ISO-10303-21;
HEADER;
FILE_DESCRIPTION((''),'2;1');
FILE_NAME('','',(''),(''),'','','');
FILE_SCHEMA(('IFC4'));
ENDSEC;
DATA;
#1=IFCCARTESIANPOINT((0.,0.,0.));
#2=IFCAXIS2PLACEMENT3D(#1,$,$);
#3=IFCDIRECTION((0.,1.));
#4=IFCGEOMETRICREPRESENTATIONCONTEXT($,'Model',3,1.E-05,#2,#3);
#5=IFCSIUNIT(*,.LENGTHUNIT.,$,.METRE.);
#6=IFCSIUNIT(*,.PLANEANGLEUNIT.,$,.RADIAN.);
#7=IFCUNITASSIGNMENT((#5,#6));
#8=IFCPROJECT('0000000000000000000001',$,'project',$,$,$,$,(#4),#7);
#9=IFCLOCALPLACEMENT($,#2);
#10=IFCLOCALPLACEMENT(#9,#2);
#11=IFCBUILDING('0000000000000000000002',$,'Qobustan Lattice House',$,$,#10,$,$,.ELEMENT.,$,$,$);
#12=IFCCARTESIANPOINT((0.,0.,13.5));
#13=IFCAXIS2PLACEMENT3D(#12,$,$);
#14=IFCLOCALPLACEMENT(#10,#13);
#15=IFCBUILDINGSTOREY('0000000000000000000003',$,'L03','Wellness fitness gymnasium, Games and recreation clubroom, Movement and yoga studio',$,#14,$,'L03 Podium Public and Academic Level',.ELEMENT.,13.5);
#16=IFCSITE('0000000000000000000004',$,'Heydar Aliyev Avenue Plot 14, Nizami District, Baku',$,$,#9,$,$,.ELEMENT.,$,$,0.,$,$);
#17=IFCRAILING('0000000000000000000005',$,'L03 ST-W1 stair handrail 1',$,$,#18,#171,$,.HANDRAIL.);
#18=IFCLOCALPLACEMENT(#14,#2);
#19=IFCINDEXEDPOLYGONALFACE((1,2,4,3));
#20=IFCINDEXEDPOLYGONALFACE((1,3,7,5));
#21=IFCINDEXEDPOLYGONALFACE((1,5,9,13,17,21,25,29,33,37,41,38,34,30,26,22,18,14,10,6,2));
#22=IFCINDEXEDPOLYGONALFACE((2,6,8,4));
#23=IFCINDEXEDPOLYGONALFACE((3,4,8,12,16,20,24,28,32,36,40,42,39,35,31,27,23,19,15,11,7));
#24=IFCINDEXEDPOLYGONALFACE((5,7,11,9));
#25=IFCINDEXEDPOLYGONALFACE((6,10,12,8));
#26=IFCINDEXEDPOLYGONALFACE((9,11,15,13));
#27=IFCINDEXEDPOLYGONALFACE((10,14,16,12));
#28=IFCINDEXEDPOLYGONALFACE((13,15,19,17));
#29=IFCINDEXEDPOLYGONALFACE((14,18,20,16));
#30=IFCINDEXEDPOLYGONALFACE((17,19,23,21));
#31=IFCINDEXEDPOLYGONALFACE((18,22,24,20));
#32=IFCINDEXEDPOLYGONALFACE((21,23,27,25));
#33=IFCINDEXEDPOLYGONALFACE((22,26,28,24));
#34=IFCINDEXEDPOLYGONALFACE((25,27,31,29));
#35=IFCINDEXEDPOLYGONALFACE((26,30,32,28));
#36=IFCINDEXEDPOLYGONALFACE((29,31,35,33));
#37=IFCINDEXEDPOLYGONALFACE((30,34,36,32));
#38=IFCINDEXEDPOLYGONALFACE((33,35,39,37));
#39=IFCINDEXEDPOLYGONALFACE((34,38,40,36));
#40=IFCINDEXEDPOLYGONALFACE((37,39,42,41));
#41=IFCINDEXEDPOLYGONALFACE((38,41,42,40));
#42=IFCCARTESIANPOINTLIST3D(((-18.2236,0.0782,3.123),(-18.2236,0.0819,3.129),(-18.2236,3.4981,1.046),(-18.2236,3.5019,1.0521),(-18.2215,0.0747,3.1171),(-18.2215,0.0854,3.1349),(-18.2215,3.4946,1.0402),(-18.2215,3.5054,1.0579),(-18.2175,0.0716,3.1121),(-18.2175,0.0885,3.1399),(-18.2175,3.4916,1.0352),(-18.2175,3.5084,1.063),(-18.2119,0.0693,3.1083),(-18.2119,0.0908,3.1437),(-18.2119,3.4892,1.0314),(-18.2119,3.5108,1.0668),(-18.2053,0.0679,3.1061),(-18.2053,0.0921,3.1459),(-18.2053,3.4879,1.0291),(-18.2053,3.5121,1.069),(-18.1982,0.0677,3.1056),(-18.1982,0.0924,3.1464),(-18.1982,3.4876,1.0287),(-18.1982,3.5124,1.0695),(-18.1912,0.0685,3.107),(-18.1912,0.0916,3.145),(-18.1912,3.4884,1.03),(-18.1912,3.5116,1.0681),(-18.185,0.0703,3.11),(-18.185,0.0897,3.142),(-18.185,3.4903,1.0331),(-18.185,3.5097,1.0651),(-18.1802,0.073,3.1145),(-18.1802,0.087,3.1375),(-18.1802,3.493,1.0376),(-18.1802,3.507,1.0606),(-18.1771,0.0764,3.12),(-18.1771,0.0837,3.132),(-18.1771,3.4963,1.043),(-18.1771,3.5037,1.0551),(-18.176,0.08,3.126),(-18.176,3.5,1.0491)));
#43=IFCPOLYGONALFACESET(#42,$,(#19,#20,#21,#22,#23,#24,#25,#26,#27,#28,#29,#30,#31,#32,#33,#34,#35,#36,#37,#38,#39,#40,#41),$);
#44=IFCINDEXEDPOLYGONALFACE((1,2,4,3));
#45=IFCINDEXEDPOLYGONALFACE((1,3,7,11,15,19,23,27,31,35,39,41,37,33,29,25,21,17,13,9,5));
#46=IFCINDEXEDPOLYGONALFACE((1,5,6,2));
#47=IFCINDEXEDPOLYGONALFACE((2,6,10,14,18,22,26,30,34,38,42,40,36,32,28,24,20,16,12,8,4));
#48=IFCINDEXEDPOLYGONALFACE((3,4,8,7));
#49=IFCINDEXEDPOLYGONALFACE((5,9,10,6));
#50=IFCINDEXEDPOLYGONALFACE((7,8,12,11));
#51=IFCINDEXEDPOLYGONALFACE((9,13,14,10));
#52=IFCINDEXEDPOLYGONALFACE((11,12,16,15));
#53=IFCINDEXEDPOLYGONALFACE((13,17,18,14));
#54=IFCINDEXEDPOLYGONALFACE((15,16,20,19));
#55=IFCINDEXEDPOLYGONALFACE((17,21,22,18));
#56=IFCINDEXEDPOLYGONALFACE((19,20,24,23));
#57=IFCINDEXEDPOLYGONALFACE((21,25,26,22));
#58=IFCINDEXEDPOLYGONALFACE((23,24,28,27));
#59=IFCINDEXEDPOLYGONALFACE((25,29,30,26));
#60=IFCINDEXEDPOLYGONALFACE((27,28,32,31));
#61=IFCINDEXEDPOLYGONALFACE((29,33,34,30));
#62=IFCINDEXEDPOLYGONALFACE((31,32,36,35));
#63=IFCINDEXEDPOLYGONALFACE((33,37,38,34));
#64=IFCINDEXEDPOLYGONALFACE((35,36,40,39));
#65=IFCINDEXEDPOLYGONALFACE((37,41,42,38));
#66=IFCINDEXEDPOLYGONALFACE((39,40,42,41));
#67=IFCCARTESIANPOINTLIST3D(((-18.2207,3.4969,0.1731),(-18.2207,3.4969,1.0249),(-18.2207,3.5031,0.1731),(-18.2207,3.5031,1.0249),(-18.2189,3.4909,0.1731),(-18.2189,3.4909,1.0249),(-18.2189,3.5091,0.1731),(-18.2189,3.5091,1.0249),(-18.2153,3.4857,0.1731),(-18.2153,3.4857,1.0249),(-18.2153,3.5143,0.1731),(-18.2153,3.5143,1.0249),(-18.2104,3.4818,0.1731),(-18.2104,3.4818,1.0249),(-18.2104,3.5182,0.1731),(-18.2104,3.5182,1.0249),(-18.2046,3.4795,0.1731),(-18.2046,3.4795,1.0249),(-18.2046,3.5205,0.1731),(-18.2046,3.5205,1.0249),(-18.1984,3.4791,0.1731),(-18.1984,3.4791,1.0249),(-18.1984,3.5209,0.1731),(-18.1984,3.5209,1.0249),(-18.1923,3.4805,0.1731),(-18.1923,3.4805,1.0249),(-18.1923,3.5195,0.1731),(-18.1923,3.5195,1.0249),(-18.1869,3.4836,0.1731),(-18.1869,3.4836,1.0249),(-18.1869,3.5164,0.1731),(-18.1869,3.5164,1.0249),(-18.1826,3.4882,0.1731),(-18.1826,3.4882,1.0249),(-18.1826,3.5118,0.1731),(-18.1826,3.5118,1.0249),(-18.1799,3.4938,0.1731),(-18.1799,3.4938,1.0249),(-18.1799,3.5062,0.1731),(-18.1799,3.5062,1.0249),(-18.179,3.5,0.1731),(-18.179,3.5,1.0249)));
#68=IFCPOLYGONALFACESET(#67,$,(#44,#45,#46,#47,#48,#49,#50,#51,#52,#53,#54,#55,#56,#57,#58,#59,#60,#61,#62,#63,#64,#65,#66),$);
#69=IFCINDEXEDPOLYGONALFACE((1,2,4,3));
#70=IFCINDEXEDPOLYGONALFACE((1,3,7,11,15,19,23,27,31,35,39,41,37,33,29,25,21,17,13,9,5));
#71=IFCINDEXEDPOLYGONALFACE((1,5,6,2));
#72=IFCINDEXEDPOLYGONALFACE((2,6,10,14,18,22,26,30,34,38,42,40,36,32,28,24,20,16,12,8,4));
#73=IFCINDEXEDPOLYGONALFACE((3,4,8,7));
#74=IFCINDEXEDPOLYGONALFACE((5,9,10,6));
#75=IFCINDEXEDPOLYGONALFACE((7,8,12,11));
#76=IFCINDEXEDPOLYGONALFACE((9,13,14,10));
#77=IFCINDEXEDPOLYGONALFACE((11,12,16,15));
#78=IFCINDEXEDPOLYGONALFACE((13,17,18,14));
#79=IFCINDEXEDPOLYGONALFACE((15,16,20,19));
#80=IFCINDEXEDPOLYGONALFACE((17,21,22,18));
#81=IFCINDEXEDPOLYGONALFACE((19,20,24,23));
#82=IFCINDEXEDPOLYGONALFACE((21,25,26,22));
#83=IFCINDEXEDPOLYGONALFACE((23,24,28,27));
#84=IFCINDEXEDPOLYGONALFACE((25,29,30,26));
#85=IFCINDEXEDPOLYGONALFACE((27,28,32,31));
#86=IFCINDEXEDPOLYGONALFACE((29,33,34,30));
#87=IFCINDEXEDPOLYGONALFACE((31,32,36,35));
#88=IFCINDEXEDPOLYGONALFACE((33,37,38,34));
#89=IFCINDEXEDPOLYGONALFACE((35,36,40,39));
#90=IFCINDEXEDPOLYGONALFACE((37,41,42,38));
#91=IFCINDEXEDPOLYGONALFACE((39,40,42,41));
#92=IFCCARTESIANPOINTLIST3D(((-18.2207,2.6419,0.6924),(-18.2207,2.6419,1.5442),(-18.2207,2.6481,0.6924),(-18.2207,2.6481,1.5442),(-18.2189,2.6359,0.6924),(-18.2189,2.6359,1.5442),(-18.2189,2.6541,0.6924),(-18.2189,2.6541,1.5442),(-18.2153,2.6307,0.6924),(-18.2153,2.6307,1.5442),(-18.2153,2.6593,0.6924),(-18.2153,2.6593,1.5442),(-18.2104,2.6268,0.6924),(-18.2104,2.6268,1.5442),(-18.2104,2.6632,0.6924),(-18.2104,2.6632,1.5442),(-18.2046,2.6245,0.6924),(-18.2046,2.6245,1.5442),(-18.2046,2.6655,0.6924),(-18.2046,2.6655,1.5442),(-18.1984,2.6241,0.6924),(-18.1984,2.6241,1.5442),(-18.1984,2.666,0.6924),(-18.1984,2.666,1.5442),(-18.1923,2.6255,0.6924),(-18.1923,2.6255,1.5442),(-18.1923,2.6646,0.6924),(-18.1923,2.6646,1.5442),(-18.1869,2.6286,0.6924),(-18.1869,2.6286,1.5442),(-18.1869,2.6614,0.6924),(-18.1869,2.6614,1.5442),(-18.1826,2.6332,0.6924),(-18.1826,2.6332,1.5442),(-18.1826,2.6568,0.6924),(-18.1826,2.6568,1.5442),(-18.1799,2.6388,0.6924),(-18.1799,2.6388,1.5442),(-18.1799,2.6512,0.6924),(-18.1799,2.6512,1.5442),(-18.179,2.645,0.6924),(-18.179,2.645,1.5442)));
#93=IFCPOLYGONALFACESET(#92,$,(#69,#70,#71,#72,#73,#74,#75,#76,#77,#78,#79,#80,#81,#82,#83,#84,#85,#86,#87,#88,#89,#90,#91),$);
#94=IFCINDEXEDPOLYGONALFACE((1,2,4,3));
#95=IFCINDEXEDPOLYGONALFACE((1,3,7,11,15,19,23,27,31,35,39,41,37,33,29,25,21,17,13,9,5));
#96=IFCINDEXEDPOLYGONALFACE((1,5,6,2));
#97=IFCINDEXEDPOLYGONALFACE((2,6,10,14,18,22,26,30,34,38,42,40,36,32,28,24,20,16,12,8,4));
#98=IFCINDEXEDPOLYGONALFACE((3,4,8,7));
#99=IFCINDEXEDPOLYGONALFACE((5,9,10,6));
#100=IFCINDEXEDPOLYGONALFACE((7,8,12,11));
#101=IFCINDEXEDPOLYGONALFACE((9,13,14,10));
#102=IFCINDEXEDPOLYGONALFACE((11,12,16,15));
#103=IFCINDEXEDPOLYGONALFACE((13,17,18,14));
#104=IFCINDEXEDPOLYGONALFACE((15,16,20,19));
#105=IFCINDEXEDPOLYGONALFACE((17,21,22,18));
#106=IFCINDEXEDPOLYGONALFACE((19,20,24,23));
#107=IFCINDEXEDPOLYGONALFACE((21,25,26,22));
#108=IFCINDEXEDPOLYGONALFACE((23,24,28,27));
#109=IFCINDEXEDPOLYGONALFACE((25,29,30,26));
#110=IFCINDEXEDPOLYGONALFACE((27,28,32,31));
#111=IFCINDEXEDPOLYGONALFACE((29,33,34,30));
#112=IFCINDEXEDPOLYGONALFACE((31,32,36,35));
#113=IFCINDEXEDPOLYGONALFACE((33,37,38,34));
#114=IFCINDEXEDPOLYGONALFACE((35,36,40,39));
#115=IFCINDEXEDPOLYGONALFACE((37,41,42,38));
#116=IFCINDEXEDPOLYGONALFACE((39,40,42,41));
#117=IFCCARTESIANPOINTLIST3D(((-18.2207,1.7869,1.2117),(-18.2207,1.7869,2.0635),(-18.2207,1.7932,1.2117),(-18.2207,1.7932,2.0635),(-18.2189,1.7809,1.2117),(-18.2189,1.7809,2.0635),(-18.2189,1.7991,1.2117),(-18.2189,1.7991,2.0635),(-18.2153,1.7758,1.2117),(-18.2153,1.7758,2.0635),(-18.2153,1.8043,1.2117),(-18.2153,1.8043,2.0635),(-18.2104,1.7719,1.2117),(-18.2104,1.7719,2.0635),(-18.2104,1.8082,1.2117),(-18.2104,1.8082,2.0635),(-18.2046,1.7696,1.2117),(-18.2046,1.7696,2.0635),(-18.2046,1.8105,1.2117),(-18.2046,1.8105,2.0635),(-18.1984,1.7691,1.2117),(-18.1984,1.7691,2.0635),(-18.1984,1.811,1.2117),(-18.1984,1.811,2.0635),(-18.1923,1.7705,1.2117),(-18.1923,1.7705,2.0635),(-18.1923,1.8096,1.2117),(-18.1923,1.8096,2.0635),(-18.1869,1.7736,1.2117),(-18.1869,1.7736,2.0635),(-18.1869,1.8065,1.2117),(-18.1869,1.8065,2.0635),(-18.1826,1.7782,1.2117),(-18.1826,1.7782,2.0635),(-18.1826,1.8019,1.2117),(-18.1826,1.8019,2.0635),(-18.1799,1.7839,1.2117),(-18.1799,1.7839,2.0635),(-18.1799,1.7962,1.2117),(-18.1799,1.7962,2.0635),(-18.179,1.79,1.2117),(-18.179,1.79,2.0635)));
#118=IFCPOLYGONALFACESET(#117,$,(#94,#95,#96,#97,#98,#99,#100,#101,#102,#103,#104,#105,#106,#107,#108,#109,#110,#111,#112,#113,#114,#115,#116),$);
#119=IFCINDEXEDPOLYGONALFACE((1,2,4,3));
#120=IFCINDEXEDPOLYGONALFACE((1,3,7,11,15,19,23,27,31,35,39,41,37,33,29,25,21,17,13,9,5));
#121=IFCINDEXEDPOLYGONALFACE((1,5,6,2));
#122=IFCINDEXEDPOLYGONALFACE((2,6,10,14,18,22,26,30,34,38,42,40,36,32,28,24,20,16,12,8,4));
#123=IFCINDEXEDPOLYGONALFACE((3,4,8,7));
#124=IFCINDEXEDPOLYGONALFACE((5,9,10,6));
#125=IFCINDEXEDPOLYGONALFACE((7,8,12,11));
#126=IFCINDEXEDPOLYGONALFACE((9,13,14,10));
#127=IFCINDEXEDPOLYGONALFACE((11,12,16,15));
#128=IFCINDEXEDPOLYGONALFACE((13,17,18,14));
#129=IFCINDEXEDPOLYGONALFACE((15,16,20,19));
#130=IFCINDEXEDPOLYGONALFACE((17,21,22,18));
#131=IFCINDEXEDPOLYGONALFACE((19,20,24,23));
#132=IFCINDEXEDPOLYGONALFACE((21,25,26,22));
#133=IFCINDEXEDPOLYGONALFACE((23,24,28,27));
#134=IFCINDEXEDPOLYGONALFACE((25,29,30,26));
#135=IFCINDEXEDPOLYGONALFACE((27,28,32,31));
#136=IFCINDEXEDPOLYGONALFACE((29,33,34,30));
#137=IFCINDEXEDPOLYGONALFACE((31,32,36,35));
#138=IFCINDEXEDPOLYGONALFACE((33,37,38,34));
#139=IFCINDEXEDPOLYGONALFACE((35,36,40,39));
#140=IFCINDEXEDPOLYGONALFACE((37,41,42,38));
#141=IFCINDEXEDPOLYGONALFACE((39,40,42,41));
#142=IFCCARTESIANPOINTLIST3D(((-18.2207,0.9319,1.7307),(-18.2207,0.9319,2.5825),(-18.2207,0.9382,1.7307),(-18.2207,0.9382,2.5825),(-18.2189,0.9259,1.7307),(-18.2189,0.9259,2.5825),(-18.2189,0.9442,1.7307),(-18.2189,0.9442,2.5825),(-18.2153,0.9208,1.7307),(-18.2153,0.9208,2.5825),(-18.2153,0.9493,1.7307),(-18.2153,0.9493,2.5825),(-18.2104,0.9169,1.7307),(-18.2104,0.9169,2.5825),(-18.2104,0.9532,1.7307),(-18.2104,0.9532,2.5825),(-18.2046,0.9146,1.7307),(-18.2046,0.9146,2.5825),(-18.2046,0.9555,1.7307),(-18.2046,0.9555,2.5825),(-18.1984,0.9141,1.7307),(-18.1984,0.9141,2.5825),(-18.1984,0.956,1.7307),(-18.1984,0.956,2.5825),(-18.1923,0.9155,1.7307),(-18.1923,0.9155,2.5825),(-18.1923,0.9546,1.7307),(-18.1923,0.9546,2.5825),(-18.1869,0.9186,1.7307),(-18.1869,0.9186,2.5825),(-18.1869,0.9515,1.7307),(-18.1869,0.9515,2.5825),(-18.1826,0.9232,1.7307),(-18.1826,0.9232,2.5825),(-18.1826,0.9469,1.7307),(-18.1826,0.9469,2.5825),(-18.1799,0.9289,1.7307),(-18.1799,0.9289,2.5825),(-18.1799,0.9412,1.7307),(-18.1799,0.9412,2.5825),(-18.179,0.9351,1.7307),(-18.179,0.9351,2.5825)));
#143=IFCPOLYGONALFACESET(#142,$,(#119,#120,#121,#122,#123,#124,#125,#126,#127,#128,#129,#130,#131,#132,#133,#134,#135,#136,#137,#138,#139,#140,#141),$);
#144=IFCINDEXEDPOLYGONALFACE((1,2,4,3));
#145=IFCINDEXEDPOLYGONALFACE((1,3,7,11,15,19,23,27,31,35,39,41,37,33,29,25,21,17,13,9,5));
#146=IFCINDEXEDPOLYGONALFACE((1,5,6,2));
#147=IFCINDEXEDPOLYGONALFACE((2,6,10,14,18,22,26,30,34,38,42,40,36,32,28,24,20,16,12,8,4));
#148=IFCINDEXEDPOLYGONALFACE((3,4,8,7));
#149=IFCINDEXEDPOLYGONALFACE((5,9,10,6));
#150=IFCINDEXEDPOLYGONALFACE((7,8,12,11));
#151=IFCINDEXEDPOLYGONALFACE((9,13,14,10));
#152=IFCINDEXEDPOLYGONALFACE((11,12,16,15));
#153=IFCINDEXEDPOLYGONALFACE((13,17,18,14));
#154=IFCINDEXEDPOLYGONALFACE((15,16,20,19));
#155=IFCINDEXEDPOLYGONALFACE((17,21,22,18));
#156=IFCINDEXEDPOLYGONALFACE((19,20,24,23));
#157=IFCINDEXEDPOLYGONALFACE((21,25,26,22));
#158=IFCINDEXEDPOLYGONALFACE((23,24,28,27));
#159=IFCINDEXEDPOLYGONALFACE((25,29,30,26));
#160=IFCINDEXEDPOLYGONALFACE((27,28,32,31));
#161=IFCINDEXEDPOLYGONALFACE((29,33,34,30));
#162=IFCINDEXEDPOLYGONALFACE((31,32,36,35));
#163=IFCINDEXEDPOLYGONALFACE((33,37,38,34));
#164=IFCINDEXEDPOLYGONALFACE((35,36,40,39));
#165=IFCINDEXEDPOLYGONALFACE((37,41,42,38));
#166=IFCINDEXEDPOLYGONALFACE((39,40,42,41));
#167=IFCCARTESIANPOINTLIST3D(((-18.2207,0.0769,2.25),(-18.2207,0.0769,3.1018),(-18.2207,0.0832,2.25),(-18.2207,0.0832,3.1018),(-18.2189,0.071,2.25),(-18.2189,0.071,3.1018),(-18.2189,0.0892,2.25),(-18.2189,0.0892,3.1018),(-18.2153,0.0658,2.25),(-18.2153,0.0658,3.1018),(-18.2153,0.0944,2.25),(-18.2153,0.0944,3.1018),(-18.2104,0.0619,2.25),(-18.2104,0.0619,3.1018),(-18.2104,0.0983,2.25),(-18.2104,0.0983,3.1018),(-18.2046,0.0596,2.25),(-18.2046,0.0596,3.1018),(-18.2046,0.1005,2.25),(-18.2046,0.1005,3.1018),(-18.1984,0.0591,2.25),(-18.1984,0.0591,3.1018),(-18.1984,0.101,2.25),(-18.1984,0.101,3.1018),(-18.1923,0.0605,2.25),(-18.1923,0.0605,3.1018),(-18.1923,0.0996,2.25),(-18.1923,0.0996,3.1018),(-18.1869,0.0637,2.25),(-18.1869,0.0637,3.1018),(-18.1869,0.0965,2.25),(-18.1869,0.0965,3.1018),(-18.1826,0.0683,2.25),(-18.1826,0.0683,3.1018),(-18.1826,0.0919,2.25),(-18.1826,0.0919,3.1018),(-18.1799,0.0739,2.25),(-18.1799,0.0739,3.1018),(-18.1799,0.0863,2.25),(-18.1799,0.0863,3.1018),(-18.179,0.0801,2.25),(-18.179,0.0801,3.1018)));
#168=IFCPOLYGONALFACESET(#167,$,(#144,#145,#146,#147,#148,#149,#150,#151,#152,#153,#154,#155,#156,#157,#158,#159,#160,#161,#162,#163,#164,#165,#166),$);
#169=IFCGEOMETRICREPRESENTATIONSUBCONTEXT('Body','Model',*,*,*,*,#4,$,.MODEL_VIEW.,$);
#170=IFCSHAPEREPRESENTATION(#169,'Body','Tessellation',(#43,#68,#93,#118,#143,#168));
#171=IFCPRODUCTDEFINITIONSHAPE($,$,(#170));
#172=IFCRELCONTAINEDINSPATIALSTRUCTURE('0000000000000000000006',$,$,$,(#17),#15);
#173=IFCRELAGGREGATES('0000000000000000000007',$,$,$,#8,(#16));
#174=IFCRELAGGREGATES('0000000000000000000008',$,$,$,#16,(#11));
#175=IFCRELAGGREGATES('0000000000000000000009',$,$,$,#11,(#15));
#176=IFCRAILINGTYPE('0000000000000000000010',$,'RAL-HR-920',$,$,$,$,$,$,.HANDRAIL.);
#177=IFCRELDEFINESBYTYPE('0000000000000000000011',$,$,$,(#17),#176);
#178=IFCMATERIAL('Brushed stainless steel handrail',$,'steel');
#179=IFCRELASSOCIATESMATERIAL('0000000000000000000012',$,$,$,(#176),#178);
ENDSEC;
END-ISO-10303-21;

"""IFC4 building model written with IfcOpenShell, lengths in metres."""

from ifc_helpers import new_model, si_unit, direction, frame, origin, origin_2d, place, context, subcontext, project, spatial, circle, extrude, material, type_object, element, save


model = new_model("IFC4")

# Units and contexts
model_context = context("Model", 3, precision=1e-05, world=origin(), true_north=direction((0.0, 1.0)))
body_context = subcontext(model_context, "Body", "Model", "MODEL_VIEW")
ifc_project = project(units=[si_unit("LENGTHUNIT", "METRE"), si_unit("PLANEANGLEUNIT", "RADIAN")], contexts=[model_context])

# Site, building, storey
site_placement = place(None, origin())
site = spatial("IfcSite", under=ifc_project, at=site_placement, Name="Heydar Aliyev Avenue Plot 14, Nizami District, Baku", CompositionType="ELEMENT", RefElevation=0.0)
building_placement = place(site_placement, origin())
building = spatial("IfcBuilding", under=site, at=building_placement, Name="Qobustan Lattice House", CompositionType="ELEMENT")
storey_placement = place(building_placement, frame((0.0, 0.0, 13.5)))
storey = spatial("IfcBuildingStorey", under=building, at=storey_placement, Name="L03", Description="Wellness fitness gymnasium, Games and recreation clubroom, Movement and yoga studio", LongName="L03 Podium Public and Academic Level", CompositionType="ELEMENT", Elevation=13.5)

# Railing
ifc_material_1 = material(Name="Brushed stainless steel handrail", Category="steel")
railing_type_1 = type_object("IfcRailingType", Name="RAL-HR-920", PredefinedType="HANDRAIL", material=ifc_material_1)
railing_1_placement = place(storey_placement, frame((-18.2, 3.5, 0.1731)))
element("IfcRailing", 1, at=railing_1_placement, inside=storey, type_object=railing_type_1, Name="L03 ST-W1 stair handrail 1", PredefinedType="HANDRAIL", context=body_context, shape_type="SweptSolid", body=[
    extrude(circle(Radius=0.0239, at=origin_2d()), frame((0.0, 0.0, 0.876), z_axis=(0.0, -0.85473, 0.519074), x_axis=(1.0, 0.0, 0.0)), (0.0, 0.0, 1.0), 4.0012),
    extrude(circle(Radius=0.021, at=origin_2d()), origin(), (0.0, 0.0, 1.0), 0.8518),
    extrude(circle(Radius=0.021, at=origin_2d()), frame((0.0, -0.855, 0.5193)), (0.0, 0.0, 1.0), 0.8518),
    extrude(circle(Radius=0.021, at=origin_2d()), frame((0.0, -1.71, 1.0386)), (0.0, 0.0, 1.0), 0.8518),
    extrude(circle(Radius=0.021, at=origin_2d()), frame((0.0, -2.5649, 1.5576)), (0.0, 0.0, 1.0), 0.8518),
    extrude(circle(Radius=0.021, at=origin_2d()), frame((0.0, -3.4199, 2.0769)), (0.0, 0.0, 1.0), 0.8518),
])

save(model, "model.ifc")
